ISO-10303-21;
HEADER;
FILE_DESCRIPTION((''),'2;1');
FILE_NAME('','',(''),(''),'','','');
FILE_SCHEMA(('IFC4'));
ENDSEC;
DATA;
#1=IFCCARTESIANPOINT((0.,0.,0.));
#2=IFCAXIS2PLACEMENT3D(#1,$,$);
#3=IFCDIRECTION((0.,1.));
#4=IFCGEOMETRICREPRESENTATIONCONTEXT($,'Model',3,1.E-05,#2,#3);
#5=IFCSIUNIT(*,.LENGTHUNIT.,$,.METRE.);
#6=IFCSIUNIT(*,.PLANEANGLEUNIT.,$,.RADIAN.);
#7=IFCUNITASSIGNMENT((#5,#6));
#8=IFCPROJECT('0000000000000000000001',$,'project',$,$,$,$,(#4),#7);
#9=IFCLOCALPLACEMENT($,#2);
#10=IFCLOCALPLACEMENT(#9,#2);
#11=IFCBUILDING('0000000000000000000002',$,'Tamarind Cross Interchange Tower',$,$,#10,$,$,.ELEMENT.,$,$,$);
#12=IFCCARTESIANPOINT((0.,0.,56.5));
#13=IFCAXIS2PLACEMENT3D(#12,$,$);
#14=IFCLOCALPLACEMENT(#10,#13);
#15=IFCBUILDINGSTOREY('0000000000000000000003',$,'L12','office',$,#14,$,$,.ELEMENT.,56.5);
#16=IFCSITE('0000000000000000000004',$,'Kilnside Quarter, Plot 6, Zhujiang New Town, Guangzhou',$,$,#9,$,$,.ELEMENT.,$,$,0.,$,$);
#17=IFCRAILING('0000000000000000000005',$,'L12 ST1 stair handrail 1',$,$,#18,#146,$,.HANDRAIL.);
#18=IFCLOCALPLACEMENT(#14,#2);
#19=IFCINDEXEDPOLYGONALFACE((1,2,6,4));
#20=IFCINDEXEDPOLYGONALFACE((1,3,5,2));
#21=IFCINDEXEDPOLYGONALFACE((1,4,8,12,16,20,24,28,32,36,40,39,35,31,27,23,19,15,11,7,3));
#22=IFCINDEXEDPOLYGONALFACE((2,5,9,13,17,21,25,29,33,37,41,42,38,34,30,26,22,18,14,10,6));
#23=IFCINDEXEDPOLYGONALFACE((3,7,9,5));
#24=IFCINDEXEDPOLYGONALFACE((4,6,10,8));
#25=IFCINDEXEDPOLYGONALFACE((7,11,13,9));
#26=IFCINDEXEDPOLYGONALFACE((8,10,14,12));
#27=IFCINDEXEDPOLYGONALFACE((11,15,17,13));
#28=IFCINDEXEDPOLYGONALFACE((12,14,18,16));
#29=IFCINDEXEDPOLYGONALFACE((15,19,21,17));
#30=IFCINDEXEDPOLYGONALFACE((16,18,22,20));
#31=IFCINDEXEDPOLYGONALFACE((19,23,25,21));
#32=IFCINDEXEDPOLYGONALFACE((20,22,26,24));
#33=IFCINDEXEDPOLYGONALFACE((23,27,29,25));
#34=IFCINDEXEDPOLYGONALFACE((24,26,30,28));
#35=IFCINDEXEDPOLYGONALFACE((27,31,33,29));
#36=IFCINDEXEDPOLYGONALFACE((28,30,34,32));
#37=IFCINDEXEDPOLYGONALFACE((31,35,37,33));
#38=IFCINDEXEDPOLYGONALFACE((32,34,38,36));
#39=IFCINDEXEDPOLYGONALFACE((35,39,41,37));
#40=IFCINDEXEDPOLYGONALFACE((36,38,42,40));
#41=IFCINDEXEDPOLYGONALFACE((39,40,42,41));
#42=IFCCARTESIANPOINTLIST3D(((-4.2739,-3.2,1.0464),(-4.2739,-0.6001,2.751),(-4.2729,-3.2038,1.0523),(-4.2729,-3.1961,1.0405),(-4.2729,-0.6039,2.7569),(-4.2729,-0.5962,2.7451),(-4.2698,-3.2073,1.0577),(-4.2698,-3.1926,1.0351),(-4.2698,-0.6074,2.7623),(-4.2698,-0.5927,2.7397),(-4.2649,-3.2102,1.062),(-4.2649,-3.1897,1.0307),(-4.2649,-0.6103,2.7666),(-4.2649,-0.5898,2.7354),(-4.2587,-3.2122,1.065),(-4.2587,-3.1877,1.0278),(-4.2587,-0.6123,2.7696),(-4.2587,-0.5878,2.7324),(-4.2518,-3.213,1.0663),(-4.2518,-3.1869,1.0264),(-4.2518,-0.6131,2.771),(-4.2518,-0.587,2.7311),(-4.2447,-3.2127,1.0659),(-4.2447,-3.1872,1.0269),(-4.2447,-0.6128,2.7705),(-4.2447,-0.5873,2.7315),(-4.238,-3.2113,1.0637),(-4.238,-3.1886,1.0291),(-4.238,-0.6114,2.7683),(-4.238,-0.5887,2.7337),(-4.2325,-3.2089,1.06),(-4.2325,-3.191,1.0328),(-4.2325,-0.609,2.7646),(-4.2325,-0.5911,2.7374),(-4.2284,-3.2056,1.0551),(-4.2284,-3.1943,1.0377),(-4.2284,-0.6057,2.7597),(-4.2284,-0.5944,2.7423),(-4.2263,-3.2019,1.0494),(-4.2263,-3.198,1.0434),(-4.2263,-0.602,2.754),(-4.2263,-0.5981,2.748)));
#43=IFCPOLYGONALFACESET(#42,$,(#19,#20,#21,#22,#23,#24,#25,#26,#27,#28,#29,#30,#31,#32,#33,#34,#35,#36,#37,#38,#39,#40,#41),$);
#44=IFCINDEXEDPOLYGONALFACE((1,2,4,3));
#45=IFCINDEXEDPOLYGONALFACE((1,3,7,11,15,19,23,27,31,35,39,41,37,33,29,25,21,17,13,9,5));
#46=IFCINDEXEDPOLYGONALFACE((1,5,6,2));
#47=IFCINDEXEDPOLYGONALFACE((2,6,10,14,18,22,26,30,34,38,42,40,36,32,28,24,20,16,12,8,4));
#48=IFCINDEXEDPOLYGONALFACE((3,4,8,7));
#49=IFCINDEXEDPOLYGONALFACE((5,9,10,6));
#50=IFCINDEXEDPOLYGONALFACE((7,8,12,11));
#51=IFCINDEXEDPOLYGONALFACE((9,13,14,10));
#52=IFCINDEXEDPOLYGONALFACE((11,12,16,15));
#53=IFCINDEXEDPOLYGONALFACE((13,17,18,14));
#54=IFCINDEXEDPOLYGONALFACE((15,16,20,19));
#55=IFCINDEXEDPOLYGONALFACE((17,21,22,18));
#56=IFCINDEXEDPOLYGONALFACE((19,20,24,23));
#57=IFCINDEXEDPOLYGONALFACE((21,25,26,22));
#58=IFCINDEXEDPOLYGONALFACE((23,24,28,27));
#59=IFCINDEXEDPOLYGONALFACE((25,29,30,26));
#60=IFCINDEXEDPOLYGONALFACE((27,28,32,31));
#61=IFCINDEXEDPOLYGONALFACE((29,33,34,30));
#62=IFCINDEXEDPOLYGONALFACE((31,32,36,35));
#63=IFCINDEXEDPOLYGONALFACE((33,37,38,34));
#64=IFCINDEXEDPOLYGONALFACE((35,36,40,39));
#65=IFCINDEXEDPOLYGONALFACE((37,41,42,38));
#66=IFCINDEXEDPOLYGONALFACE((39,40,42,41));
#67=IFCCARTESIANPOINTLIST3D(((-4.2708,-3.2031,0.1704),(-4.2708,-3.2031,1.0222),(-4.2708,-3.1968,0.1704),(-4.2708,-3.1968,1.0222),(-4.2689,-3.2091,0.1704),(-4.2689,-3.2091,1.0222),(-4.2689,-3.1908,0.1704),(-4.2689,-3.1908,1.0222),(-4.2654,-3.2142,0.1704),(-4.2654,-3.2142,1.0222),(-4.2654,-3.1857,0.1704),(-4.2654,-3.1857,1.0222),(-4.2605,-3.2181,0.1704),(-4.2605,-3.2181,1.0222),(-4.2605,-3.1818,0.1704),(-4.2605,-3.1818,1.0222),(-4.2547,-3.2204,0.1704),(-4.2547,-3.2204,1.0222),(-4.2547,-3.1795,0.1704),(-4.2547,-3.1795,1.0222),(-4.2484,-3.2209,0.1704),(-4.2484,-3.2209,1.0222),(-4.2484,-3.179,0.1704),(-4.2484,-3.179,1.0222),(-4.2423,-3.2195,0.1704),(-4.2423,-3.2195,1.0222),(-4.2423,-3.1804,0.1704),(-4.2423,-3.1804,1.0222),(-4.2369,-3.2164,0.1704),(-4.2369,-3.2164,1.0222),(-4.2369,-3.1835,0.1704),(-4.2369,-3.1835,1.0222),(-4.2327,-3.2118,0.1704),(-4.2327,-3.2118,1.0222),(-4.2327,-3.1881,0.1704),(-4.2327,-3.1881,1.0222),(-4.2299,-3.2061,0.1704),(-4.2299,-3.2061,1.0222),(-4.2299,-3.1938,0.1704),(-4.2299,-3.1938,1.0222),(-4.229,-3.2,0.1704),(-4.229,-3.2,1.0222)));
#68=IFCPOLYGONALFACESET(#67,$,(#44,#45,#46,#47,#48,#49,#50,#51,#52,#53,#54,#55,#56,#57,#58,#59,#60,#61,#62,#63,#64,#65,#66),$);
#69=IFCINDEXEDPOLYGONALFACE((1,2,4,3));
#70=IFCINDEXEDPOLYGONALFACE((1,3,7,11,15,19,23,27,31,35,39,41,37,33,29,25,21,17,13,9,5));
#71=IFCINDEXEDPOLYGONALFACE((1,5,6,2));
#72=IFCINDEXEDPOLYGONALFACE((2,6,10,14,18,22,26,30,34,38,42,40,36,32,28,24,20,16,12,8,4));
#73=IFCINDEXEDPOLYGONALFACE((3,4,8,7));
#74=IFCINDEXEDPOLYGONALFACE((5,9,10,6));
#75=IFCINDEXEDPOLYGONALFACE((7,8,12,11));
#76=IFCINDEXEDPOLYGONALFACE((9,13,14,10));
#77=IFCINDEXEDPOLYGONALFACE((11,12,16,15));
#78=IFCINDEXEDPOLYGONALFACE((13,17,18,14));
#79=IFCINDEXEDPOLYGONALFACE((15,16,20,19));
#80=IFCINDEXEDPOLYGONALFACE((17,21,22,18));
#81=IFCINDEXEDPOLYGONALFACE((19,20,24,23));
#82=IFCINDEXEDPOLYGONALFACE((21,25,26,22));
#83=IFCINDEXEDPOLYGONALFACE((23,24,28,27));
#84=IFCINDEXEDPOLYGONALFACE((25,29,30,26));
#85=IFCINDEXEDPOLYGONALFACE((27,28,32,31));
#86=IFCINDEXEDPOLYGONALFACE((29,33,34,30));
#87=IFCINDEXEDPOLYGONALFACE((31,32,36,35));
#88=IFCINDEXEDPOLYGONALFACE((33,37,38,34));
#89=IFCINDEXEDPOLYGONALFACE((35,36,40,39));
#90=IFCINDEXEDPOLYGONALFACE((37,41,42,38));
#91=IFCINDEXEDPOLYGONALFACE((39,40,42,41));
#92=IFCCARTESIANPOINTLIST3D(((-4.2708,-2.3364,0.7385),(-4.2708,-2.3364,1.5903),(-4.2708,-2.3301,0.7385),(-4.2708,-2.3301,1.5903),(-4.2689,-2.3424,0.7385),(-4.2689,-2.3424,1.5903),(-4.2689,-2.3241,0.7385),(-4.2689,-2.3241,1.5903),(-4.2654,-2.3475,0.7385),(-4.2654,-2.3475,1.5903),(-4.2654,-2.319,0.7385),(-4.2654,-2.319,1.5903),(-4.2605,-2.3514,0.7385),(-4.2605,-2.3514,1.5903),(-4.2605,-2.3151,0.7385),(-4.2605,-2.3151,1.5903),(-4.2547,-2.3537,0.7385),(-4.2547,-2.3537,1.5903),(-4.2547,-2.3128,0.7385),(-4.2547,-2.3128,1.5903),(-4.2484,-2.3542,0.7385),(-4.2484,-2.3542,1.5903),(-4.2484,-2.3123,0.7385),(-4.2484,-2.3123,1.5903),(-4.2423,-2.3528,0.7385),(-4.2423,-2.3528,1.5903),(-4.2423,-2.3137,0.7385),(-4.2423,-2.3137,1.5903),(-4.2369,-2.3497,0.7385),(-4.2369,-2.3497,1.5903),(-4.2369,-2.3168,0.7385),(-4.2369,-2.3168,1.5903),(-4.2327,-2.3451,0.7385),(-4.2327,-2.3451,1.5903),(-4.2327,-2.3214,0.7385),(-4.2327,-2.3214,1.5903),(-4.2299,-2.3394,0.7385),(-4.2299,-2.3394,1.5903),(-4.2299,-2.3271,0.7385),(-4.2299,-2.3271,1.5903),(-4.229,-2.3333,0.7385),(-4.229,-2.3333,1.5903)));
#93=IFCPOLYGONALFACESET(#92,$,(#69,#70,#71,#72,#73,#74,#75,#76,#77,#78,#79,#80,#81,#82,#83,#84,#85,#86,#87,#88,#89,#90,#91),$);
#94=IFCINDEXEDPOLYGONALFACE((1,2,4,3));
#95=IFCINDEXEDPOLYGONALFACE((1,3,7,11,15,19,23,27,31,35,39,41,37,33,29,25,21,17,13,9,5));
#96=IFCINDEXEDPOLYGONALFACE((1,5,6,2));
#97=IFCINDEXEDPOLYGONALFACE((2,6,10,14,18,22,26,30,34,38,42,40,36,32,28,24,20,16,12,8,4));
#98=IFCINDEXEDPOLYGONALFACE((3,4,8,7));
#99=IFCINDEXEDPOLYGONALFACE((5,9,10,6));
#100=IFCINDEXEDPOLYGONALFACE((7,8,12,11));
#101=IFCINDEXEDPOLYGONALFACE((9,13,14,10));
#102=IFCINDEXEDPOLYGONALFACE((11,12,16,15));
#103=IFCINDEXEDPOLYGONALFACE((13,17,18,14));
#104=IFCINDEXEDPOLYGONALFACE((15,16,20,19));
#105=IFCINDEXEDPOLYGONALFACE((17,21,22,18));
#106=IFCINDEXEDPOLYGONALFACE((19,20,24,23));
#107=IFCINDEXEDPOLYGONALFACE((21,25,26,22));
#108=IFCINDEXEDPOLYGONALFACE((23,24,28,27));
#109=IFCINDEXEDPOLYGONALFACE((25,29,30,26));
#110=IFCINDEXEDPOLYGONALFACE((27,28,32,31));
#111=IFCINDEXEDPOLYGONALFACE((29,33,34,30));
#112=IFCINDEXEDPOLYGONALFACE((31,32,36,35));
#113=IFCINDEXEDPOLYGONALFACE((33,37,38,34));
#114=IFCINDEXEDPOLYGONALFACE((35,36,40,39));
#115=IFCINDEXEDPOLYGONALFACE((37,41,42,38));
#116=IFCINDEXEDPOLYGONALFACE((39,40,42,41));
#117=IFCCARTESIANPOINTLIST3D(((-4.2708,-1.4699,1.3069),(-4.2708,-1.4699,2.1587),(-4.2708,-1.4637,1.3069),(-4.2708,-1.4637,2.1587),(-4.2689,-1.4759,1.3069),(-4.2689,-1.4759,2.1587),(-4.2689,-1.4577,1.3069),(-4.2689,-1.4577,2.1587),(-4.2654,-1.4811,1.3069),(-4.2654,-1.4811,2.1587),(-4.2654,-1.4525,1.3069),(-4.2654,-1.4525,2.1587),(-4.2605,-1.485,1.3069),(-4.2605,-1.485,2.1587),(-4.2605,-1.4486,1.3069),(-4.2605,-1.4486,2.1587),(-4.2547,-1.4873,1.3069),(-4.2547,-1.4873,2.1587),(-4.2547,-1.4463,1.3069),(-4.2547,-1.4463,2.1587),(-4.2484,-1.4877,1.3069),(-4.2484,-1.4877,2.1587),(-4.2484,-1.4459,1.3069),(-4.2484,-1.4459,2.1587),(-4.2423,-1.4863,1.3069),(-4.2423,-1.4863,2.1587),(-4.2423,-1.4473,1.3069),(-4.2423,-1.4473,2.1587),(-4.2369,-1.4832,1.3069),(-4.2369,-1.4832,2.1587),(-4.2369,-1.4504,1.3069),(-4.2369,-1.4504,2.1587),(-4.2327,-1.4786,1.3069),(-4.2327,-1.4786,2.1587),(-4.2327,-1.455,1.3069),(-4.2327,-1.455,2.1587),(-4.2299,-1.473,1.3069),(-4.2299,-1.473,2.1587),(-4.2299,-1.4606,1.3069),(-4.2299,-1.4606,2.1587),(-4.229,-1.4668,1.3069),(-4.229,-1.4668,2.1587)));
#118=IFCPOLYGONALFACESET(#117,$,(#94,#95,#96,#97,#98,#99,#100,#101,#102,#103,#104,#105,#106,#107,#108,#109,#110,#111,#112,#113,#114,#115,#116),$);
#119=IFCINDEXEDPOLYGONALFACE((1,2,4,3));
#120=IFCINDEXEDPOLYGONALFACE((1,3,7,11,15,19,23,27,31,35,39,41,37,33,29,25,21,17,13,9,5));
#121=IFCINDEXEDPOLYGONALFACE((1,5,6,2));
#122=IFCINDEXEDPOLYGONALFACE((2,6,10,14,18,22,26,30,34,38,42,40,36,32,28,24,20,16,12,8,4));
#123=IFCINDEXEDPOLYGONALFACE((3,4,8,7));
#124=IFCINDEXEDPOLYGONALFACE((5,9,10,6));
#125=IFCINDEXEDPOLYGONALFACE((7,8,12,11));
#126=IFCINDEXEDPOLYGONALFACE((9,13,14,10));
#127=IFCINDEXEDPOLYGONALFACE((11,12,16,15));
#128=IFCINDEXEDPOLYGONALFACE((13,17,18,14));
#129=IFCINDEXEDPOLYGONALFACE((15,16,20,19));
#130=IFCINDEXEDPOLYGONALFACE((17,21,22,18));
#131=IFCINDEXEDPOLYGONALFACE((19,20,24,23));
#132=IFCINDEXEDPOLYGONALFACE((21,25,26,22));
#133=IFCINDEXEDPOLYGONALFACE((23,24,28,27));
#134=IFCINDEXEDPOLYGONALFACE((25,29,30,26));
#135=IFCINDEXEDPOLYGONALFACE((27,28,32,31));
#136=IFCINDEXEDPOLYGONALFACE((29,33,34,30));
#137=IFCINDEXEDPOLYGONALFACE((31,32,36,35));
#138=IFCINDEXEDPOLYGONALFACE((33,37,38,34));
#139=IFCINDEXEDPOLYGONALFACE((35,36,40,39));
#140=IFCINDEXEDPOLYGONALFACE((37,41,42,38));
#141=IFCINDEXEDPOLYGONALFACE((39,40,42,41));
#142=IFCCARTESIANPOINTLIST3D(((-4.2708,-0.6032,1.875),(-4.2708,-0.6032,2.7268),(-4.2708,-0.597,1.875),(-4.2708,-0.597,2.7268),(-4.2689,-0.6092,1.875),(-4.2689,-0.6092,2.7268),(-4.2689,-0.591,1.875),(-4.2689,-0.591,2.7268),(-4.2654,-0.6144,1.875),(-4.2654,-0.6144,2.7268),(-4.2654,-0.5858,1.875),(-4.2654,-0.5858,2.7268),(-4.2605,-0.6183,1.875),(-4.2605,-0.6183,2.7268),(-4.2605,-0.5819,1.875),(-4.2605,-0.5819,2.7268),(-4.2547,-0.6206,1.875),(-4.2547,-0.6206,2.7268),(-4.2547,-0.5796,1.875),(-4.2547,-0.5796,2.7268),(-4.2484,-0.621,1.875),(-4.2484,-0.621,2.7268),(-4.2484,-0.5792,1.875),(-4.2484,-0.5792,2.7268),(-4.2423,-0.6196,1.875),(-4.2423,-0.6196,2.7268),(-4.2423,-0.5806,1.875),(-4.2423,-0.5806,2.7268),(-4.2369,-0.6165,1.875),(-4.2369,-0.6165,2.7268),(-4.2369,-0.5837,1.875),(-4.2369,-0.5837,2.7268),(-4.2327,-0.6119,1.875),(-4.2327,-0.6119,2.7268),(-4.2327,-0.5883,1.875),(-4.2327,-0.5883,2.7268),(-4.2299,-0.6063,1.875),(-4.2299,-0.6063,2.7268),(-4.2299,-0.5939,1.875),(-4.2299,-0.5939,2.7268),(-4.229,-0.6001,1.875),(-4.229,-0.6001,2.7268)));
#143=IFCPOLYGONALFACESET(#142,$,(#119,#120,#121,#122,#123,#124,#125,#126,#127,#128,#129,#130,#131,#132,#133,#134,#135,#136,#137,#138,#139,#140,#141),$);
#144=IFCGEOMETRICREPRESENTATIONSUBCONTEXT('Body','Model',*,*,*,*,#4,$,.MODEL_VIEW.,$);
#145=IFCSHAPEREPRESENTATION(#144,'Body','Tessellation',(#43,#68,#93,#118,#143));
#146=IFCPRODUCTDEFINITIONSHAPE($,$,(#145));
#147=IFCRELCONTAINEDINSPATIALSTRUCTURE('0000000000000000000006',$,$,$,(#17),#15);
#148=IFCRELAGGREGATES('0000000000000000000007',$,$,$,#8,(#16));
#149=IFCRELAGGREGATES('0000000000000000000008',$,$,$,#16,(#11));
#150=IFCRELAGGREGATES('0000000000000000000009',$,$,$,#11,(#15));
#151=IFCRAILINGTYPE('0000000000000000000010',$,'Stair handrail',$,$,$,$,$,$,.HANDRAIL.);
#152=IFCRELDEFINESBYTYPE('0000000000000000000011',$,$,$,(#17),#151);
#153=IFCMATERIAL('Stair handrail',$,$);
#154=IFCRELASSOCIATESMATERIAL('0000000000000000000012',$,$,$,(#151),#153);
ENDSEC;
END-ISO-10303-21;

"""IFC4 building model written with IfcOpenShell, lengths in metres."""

from ifc_helpers import new_model, si_unit, direction, frame, origin, origin_2d, place, context, subcontext, project, spatial, circle, extrude, material, type_object, element, save


model = new_model("IFC4")

# Units and contexts
model_context = context("Model", 3, precision=1e-05, world=origin(), true_north=direction((0.0, 1.0)))
body_context = subcontext(model_context, "Body", "Model", "MODEL_VIEW")
ifc_project = project(units=[si_unit("LENGTHUNIT", "METRE"), si_unit("PLANEANGLEUNIT", "RADIAN")], contexts=[model_context])

# Site, building, storey
site_placement = place(None, origin())
site = spatial("IfcSite", under=ifc_project, at=site_placement, Name="Kilnside Quarter, Plot 6, Zhujiang New Town, Guangzhou", CompositionType="ELEMENT", RefElevation=0.0)
building_placement = place(site_placement, origin())
building = spatial("IfcBuilding", under=site, at=building_placement, Name="Tamarind Cross Interchange Tower", CompositionType="ELEMENT")
storey_placement = place(building_placement, frame((0.0, 0.0, 56.5)))
storey = spatial("IfcBuildingStorey", under=building, at=storey_placement, Name="L12", Description="office", CompositionType="ELEMENT", Elevation=56.5)

# Railing
ifc_material_1 = material(Name="Stair handrail")
railing_type_1 = type_object("IfcRailingType", Name="Stair handrail", PredefinedType="HANDRAIL", material=ifc_material_1)
railing_1_placement = place(storey_placement, frame((-4.25, -3.2, 0.1704)))
element("IfcRailing", 1, at=railing_1_placement, inside=storey, type_object=railing_type_1, Name="L12 ST1 stair handrail 1", PredefinedType="HANDRAIL", context=body_context, shape_type="SweptSolid", body=[
    extrude(circle(Radius=0.0239, at=origin_2d()), frame((0.0, 0.0, 0.876), z_axis=(0.0, 0.836279, 0.548305), x_axis=(-1.0, 0.0, 0.0)), (0.0, 0.0, 1.0), 3.1089),
    extrude(circle(Radius=0.021, at=origin_2d()), origin(), (0.0, 0.0, 1.0), 0.8518),
    extrude(circle(Radius=0.021, at=origin_2d()), frame((0.0, 0.8667, 0.5681)), (0.0, 0.0, 1.0), 0.8518),
    extrude(circle(Radius=0.021, at=origin_2d()), frame((0.0, 1.7332, 1.1365)), (0.0, 0.0, 1.0), 0.8518),
    extrude(circle(Radius=0.021, at=origin_2d()), frame((0.0, 2.5999, 1.7046)), (0.0, 0.0, 1.0), 0.8518),
])

save(model, "model.ifc")
